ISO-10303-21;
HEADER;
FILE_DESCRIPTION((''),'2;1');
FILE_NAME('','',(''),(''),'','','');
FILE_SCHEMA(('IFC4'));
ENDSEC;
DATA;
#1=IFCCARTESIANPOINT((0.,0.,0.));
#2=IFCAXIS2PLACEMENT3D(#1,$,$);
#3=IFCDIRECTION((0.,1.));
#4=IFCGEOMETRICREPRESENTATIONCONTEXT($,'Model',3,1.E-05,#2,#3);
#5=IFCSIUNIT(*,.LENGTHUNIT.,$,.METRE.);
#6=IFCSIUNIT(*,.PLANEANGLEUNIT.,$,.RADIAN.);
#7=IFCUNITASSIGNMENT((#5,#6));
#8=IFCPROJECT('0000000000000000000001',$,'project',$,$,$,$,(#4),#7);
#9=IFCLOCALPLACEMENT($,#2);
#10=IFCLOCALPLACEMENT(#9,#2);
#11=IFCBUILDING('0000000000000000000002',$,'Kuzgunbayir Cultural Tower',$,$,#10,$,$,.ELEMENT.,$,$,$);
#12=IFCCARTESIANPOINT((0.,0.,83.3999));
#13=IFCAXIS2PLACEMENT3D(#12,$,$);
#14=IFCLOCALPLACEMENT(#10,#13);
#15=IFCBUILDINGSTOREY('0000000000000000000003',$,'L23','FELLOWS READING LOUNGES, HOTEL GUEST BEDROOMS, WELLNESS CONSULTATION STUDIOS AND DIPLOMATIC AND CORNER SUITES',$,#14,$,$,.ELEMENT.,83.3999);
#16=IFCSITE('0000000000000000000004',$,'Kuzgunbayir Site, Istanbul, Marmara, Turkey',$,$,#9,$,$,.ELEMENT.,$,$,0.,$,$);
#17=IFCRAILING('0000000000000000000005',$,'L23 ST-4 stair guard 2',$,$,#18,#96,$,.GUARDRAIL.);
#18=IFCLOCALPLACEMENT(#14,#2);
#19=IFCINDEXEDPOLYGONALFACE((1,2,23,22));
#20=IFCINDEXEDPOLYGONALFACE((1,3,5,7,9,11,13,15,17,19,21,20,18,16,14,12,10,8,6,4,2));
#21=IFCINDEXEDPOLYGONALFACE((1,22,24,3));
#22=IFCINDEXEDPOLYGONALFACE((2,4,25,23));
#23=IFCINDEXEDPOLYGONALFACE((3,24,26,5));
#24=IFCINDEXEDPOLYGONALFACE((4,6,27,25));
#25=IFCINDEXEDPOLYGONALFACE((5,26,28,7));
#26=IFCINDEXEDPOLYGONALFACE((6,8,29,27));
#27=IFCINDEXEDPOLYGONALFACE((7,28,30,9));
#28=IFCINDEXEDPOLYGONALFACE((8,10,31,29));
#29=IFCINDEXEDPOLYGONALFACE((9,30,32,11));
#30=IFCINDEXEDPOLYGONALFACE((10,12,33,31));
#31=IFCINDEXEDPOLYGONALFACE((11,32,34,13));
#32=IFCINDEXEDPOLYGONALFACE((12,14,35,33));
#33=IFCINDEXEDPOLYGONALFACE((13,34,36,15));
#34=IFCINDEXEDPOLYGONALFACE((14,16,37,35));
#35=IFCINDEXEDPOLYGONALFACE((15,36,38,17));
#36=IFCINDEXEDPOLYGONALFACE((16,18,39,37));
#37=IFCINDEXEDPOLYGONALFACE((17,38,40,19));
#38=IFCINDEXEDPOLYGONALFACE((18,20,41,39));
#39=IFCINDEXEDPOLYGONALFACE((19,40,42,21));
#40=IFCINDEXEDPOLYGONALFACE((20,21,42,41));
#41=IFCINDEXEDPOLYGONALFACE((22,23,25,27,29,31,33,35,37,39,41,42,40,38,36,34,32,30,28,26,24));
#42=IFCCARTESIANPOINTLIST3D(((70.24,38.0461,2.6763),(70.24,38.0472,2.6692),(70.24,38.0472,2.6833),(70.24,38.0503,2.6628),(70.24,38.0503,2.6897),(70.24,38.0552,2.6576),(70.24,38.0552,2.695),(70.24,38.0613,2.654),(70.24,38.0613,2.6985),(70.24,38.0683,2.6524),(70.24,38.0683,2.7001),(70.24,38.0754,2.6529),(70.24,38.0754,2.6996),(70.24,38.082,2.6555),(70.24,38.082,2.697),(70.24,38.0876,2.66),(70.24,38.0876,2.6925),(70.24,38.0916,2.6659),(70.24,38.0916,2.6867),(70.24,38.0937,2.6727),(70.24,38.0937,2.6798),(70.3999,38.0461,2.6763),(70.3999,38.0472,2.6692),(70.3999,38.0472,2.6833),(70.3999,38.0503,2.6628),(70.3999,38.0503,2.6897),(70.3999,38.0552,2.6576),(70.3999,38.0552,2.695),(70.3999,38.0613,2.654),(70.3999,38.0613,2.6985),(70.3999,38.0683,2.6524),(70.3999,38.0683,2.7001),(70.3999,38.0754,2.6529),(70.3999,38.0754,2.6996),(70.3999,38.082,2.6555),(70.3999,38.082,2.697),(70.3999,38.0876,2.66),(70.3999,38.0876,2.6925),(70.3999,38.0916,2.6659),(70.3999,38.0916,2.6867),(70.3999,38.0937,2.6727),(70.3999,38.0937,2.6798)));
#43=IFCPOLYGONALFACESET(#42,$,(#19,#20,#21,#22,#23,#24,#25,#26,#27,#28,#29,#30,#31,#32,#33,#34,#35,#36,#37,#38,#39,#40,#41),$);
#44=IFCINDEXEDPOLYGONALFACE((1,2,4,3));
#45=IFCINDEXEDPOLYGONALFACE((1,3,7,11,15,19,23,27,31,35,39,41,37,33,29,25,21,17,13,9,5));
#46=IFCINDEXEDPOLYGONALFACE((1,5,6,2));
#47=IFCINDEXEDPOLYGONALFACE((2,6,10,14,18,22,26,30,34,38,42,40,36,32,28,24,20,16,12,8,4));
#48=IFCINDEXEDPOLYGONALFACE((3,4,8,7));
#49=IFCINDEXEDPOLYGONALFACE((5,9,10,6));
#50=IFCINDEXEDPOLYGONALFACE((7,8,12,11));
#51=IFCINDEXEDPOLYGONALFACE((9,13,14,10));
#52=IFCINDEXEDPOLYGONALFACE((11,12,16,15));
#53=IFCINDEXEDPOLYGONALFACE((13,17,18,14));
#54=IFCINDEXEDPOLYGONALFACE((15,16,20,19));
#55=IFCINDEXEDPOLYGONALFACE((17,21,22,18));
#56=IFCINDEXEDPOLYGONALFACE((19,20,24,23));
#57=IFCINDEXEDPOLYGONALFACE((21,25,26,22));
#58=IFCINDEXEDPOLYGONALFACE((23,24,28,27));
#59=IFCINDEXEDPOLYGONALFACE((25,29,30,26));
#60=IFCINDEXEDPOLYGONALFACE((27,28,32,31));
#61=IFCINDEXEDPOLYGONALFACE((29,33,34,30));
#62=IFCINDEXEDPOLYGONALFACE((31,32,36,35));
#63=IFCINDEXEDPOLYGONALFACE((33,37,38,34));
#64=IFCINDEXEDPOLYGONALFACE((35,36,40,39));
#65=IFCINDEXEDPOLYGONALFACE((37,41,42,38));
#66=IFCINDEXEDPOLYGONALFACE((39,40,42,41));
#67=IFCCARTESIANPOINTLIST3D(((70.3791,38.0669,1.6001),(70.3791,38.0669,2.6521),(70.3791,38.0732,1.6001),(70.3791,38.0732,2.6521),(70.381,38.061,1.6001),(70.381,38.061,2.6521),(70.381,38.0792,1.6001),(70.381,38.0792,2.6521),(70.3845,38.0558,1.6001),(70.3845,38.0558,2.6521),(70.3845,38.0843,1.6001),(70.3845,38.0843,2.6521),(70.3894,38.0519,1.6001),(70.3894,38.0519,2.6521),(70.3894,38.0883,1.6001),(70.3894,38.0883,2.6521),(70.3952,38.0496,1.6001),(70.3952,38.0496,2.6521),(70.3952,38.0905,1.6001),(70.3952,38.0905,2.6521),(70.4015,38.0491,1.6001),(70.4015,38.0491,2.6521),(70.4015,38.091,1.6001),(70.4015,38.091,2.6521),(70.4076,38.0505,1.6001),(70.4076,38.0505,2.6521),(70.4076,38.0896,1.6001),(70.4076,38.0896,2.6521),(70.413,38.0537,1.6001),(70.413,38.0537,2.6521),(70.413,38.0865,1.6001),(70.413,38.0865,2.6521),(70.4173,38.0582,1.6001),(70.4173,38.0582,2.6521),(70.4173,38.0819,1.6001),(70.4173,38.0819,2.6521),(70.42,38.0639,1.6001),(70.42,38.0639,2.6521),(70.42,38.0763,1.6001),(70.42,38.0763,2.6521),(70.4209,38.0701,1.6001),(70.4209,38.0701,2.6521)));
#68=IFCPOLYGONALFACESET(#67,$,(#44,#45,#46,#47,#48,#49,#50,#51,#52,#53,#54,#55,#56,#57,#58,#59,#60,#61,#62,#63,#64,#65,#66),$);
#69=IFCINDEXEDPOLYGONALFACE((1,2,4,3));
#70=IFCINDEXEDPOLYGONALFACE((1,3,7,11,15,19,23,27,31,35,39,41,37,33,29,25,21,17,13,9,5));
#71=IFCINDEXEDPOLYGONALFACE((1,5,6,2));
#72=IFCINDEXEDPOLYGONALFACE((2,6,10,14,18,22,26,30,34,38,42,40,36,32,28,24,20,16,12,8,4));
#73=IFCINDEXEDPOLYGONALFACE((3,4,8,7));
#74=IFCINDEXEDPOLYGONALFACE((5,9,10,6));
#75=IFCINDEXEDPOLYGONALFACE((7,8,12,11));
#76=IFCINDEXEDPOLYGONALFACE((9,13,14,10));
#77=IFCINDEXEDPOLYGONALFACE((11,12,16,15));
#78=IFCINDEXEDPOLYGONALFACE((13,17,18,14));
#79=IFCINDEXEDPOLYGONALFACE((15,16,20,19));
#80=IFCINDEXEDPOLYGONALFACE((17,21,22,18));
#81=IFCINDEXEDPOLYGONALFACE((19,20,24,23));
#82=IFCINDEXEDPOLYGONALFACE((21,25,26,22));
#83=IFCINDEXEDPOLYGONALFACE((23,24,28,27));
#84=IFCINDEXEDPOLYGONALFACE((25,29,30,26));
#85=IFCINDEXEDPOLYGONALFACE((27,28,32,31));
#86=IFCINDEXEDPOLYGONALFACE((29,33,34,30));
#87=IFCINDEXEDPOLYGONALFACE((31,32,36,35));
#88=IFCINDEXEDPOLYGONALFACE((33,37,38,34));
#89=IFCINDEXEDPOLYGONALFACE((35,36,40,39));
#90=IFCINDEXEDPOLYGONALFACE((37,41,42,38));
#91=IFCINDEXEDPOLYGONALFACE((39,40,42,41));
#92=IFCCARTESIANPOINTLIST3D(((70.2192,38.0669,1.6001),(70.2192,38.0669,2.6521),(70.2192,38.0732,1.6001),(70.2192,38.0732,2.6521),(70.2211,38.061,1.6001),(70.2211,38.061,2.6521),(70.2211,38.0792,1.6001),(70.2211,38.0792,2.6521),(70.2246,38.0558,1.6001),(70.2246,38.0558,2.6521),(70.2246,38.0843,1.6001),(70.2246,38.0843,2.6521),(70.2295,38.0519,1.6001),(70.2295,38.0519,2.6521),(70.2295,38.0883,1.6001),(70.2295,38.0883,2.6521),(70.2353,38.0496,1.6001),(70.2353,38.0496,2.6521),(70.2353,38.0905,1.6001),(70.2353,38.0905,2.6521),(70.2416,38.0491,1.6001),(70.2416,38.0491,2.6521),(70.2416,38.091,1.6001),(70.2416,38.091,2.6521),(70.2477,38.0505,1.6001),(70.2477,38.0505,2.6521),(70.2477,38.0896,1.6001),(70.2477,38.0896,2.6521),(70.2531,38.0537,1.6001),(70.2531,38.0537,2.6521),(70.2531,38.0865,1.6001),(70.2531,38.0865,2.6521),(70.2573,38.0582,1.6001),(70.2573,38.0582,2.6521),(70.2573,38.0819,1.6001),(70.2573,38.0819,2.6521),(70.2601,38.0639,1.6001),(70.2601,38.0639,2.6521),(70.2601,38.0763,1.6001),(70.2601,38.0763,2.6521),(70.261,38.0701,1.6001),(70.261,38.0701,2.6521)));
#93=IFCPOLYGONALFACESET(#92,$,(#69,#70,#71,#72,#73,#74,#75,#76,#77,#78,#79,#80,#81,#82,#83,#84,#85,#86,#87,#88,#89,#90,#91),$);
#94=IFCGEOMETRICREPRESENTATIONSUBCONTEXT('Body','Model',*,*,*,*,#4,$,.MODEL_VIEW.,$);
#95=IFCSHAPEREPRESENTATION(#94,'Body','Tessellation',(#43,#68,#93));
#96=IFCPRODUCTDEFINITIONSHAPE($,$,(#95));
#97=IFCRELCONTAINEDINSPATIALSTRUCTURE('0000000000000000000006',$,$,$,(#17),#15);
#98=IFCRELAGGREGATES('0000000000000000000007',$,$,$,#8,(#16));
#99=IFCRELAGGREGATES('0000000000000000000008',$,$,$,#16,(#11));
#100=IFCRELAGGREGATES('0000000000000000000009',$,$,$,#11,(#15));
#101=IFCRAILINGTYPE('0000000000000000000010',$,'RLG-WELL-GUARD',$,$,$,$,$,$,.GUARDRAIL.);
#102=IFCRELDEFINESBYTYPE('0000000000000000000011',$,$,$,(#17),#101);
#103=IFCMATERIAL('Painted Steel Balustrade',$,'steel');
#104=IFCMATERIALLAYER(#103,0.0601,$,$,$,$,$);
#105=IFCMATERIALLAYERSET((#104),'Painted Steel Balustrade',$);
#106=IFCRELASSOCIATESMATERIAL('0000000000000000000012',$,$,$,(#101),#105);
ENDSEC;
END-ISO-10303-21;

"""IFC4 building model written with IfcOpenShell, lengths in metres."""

from ifc_helpers import new_model, si_unit, direction, frame, origin, origin_2d, place, context, subcontext, project, spatial, circle, extrude, material, layer, layer_set, type_object, element, save


model = new_model("IFC4")

# Units and contexts
model_context = context("Model", 3, precision=1e-05, world=origin(), true_north=direction((0.0, 1.0)))
body_context = subcontext(model_context, "Body", "Model", "MODEL_VIEW")
ifc_project = project(units=[si_unit("LENGTHUNIT", "METRE"), si_unit("PLANEANGLEUNIT", "RADIAN")], contexts=[model_context])

# Site, building, storey
site_placement = place(None, origin())
site = spatial("IfcSite", under=ifc_project, at=site_placement, Name="Kuzgunbayir Site, Istanbul, Marmara, Turkey", CompositionType="ELEMENT", RefElevation=0.0)
building_placement = place(site_placement, origin())
building = spatial("IfcBuilding", under=site, at=building_placement, Name="Kuzgunbayir Cultural Tower", CompositionType="ELEMENT")
storey_placement = place(building_placement, frame((0.0, 0.0, 83.3999)))
storey = spatial("IfcBuildingStorey", under=building, at=storey_placement, Name="L23", Description="FELLOWS READING LOUNGES, HOTEL GUEST BEDROOMS, WELLNESS CONSULTATION STUDIOS AND DIPLOMATIC AND CORNER SUITES", CompositionType="ELEMENT", Elevation=83.3999)

# Railing
ifc_material_1 = material(Name="Painted Steel Balustrade", Category="steel")
ifc_layer_1 = layer(ifc_material_1, 0.0601)
ifc_layer_set_1 = layer_set([ifc_layer_1], Name="Painted Steel Balustrade")
railing_type_1 = type_object("IfcRailingType", Name="RLG-WELL-GUARD", PredefinedType="GUARDRAIL", material=ifc_layer_set_1)
railing_1_placement = place(storey_placement, frame((70.3999, 38.0701, 1.6001)))
element("IfcRailing", 1, at=railing_1_placement, inside=storey, type_object=railing_type_1, Name="L23 ST-4 stair guard 2", PredefinedType="GUARDRAIL", context=body_context, shape_type="SweptSolid", body=[
    extrude(circle(Radius=0.0239, at=origin_2d()), frame((0.0, 0.0, 1.0762), z_axis=(-1.0, 0.0, 0.0), x_axis=(0.0, -1.0, 0.0)), (0.0, 0.0, 1.0), 0.1599),
    extrude(circle(Radius=0.021, at=origin_2d()), origin(), (0.0, 0.0, 1.0), 1.052),
    extrude(circle(Radius=0.021, at=origin_2d()), frame((-0.1599, 0.0, 0.0)), (0.0, 0.0, 1.0), 1.052),
])

save(model, "model.ifc")
